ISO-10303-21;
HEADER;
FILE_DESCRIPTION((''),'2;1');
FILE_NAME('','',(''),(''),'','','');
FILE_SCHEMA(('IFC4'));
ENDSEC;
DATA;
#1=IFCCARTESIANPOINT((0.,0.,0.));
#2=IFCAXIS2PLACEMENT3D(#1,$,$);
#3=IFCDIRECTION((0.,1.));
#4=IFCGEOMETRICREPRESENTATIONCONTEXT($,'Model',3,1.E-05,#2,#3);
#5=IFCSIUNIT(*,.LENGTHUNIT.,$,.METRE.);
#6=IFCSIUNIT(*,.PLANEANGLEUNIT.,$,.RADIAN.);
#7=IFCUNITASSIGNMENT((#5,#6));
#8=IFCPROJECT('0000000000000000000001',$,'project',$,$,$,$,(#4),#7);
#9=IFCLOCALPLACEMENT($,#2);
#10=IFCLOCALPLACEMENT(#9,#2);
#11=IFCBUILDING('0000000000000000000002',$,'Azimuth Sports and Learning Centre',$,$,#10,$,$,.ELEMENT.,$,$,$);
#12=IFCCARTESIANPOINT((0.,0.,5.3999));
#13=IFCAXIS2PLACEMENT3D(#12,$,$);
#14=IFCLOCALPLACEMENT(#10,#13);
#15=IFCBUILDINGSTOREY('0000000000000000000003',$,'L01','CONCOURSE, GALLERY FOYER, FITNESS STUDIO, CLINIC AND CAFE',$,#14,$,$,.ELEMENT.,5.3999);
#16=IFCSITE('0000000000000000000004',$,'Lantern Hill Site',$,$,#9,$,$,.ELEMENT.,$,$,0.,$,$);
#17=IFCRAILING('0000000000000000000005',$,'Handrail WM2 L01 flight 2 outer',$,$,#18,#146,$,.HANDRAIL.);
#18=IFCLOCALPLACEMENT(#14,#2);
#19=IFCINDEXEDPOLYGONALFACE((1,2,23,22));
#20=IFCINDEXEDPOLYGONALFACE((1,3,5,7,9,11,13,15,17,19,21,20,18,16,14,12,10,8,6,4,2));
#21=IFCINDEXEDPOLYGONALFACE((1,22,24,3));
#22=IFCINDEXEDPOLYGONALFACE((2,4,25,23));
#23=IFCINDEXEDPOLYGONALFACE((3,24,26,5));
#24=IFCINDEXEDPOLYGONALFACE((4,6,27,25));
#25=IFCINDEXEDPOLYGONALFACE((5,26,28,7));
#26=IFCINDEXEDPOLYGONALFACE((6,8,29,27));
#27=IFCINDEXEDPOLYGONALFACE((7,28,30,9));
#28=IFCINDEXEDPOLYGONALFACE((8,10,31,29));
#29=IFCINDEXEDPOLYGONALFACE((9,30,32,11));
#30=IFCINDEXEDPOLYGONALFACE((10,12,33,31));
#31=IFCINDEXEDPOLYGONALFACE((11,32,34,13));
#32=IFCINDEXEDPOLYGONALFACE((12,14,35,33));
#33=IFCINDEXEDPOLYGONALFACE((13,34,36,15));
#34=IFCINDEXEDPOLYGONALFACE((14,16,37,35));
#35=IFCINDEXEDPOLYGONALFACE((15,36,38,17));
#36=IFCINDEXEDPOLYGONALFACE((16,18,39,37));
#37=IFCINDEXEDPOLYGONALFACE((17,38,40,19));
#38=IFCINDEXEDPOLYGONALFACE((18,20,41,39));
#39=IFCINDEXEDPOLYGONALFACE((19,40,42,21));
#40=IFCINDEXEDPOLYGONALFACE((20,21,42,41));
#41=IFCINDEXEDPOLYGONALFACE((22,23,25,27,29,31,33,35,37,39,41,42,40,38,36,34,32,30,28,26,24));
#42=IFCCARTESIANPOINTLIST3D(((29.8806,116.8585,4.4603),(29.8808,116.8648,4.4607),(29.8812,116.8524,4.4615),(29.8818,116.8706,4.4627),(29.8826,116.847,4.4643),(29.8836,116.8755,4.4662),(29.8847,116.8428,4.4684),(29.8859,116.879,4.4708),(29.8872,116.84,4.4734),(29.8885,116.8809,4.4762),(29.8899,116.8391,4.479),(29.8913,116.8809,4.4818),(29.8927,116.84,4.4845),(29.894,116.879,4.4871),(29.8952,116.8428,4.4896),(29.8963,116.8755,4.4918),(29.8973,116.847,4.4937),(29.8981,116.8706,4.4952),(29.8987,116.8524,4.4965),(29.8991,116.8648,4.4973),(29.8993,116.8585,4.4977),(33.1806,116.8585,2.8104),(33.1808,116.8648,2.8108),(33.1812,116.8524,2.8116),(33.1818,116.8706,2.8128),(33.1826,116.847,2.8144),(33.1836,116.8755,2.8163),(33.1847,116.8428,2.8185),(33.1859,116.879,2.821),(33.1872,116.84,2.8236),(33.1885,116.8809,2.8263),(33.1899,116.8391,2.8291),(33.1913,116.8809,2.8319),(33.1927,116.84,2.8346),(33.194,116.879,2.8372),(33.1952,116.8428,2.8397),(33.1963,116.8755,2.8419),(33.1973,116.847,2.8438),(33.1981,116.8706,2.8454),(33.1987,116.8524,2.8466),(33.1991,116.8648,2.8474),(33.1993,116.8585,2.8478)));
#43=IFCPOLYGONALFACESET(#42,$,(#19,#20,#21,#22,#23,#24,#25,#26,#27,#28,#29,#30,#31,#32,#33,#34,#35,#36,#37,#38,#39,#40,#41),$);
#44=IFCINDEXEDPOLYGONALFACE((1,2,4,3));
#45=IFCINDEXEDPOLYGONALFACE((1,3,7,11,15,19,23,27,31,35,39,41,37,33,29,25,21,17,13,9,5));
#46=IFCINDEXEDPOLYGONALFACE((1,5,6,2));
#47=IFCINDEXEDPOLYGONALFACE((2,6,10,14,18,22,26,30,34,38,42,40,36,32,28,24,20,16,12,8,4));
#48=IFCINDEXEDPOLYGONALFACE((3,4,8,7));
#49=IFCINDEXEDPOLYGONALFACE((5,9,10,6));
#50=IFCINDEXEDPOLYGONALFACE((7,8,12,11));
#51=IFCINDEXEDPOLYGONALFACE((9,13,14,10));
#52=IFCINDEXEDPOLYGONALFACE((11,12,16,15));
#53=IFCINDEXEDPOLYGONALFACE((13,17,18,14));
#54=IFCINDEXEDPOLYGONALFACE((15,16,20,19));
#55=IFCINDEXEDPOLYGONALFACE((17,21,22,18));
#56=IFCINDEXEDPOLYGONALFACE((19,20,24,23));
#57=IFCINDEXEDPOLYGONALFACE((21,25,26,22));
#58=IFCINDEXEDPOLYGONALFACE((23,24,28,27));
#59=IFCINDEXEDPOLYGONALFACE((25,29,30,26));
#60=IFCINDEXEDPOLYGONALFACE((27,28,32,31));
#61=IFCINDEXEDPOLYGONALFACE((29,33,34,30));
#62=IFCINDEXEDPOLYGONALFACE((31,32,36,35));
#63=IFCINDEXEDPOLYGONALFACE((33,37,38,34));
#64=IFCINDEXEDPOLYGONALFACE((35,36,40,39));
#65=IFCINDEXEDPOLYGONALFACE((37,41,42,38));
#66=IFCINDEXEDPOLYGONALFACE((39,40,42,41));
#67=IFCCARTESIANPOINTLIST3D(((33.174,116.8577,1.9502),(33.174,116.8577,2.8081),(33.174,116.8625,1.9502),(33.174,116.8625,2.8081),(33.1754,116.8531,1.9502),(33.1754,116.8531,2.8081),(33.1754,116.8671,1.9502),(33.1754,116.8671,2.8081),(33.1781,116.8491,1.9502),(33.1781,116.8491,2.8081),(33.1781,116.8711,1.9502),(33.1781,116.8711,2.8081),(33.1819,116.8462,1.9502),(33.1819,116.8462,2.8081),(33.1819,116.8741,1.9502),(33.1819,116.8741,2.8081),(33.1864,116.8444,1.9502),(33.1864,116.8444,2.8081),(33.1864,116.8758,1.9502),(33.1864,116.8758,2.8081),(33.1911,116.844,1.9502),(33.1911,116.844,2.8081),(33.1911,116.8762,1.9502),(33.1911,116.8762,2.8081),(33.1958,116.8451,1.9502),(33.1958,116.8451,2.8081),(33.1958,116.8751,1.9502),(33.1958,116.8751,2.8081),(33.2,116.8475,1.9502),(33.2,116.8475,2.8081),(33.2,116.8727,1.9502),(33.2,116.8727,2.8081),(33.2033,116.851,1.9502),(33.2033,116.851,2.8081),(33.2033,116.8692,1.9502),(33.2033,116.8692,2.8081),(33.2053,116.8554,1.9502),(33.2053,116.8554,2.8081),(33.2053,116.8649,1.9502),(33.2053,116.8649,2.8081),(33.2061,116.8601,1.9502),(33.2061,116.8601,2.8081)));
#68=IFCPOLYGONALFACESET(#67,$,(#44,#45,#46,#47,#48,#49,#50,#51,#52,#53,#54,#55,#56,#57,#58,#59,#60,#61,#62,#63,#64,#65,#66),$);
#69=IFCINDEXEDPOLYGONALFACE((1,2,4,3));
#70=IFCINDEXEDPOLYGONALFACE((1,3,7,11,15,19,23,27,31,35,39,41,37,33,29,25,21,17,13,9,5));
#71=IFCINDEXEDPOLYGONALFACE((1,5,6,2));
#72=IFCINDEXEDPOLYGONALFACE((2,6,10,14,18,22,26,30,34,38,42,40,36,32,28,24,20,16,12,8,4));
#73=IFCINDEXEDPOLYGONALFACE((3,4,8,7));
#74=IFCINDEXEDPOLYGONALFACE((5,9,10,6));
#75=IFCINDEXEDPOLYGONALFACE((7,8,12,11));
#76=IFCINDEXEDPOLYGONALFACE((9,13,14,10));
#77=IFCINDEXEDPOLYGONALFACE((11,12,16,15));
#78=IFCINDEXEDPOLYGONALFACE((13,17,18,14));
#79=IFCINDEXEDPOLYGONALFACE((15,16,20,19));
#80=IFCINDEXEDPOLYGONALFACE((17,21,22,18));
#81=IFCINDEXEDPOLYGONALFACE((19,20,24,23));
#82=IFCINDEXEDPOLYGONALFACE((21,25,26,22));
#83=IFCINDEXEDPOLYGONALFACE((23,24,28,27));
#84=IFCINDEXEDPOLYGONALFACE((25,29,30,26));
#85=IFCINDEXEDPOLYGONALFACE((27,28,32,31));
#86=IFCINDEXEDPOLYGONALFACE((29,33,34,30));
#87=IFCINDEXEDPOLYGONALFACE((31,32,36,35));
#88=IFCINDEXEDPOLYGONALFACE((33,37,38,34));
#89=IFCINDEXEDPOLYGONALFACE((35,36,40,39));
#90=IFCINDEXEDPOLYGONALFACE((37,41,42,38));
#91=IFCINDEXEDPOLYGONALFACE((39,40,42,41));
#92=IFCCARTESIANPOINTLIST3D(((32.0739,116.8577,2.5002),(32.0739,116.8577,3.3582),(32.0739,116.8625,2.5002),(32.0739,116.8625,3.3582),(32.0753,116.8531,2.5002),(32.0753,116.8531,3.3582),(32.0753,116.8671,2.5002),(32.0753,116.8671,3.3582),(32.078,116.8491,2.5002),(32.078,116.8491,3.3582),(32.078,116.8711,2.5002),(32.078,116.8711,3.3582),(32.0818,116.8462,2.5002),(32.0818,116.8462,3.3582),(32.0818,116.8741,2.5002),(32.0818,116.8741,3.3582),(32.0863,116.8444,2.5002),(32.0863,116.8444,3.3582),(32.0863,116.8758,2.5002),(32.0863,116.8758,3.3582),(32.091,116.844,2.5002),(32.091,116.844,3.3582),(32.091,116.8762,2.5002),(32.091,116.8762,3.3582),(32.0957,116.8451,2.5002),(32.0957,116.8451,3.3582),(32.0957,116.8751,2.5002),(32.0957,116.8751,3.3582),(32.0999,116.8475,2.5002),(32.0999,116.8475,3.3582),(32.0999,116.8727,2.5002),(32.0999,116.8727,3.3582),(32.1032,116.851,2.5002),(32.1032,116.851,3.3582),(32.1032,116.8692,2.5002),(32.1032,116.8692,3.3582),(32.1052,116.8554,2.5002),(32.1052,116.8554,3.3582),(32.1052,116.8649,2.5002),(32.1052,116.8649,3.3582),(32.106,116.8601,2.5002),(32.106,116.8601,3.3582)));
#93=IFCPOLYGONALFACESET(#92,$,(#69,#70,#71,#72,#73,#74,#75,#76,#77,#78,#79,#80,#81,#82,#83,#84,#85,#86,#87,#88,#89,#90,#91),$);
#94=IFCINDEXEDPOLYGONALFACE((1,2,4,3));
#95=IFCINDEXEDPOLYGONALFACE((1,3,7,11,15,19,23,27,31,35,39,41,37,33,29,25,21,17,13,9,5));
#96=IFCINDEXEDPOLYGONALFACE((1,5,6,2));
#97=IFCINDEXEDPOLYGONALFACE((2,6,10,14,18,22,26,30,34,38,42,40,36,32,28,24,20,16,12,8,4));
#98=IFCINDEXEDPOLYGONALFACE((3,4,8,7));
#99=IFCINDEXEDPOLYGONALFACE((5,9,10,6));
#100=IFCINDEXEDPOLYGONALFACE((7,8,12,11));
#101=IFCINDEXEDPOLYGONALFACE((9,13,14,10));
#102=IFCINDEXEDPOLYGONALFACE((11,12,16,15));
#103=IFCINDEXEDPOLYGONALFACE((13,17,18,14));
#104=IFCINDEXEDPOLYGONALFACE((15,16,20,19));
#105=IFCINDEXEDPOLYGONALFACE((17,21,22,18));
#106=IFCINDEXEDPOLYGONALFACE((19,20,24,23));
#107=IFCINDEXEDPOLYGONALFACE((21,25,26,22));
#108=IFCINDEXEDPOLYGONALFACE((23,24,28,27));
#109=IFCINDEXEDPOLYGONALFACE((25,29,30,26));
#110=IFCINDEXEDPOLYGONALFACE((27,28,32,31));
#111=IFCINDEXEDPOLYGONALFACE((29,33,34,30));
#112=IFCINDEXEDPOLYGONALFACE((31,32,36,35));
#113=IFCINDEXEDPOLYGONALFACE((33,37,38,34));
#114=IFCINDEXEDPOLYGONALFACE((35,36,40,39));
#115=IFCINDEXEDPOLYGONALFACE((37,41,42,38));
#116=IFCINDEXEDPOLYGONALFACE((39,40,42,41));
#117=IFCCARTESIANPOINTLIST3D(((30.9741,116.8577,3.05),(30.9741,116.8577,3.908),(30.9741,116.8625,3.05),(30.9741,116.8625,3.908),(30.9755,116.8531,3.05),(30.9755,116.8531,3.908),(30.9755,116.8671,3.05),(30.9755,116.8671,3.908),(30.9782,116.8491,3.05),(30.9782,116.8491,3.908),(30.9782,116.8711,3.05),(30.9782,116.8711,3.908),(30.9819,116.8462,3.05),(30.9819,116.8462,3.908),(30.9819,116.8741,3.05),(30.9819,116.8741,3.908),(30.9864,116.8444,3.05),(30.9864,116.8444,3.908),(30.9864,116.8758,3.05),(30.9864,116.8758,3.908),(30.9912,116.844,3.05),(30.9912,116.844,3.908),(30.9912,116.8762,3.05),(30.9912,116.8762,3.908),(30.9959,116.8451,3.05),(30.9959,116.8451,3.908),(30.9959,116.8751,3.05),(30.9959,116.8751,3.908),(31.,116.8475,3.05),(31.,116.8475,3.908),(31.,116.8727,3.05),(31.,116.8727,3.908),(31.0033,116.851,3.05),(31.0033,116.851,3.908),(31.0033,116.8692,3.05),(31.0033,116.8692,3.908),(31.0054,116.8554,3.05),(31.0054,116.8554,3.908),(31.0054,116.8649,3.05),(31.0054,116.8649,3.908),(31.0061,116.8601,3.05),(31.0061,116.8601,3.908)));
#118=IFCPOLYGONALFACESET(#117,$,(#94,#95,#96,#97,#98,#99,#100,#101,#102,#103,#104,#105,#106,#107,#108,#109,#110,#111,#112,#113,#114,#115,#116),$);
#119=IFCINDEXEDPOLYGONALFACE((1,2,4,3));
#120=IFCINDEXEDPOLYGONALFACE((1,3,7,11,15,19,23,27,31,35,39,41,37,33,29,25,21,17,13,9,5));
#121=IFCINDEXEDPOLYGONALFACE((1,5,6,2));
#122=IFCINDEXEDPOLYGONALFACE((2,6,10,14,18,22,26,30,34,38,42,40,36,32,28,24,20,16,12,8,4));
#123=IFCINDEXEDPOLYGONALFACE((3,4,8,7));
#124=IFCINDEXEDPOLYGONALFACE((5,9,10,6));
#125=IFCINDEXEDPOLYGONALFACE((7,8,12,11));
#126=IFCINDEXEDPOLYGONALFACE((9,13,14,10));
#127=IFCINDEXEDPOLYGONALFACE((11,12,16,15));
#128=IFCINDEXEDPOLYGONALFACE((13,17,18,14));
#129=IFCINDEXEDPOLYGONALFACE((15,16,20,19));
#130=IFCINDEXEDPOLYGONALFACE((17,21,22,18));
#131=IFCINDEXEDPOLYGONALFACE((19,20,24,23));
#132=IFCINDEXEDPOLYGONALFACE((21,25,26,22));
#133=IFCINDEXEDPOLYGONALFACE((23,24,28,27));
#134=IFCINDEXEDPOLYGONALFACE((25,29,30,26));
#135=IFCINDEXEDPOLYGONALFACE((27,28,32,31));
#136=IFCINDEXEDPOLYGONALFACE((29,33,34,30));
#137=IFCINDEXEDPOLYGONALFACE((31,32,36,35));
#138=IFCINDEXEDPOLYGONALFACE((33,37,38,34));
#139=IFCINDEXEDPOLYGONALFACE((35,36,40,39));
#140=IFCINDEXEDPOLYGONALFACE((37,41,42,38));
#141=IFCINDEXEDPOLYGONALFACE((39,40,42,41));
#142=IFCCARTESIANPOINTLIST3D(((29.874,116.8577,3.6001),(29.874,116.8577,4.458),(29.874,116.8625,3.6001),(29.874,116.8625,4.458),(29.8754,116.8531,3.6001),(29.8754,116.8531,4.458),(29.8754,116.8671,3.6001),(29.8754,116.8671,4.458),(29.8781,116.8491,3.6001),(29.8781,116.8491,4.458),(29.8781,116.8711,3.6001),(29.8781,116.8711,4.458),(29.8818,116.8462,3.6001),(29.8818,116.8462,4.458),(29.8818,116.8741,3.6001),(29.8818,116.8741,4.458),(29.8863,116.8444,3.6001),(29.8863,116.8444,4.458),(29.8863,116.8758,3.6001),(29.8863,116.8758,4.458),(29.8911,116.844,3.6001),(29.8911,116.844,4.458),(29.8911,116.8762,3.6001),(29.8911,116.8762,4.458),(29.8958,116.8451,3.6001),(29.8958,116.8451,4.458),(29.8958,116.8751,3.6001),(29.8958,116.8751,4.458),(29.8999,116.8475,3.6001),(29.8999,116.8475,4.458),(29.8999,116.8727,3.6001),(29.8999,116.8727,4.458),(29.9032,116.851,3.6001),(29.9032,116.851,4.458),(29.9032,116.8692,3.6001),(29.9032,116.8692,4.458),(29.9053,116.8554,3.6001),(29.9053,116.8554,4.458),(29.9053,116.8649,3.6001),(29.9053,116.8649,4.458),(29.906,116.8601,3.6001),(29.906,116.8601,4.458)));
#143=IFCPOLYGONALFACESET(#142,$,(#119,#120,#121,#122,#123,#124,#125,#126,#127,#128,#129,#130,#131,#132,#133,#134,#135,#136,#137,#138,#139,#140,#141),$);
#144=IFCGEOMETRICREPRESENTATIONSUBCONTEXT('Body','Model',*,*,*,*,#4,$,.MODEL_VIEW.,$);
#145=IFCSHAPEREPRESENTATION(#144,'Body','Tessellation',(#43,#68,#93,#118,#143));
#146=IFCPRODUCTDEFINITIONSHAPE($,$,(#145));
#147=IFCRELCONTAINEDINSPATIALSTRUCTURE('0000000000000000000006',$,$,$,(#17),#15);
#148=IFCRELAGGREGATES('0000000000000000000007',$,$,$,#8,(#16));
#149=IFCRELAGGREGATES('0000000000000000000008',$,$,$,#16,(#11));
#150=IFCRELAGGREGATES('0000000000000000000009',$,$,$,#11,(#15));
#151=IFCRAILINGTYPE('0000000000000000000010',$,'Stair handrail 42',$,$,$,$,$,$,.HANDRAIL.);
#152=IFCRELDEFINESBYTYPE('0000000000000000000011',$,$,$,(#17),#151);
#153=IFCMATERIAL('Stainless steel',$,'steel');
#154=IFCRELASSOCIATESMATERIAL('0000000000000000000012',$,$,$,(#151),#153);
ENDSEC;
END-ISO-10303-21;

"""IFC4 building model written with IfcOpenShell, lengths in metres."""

from ifc_helpers import new_model, si_unit, direction, frame, origin, origin_2d, place, context, subcontext, project, spatial, circle, extrude, material, type_object, element, save


model = new_model("IFC4")

# Units and contexts
model_context = context("Model", 3, precision=1e-05, world=origin(), true_north=direction((0.0, 1.0)))
body_context = subcontext(model_context, "Body", "Model", "MODEL_VIEW")
ifc_project = project(units=[si_unit("LENGTHUNIT", "METRE"), si_unit("PLANEANGLEUNIT", "RADIAN")], contexts=[model_context])

# Site, building, storey
site_placement = place(None, origin())
site = spatial("IfcSite", under=ifc_project, at=site_placement, Name="Lantern Hill Site", CompositionType="ELEMENT", RefElevation=0.0)
building_placement = place(site_placement, origin())
building = spatial("IfcBuilding", under=site, at=building_placement, Name="Azimuth Sports and Learning Centre", CompositionType="ELEMENT")
storey_placement = place(building_placement, frame((0.0, 0.0, 5.3999)))
storey = spatial("IfcBuildingStorey", under=building, at=storey_placement, Name="L01", Description="CONCOURSE, GALLERY FOYER, FITNESS STUDIO, CLINIC AND CAFE", CompositionType="ELEMENT", Elevation=5.3999)

# Railing
ifc_material_1 = material(Name="Stainless steel", Category="steel")
railing_type_1 = type_object("IfcRailingType", Name="Stair handrail 42", PredefinedType="HANDRAIL", material=ifc_material_1)
for number, where, name in (
    (1, (33.1899, 116.8601, 1.9502), "Handrail WM2 L01 flight 2 outer"),
):
    element("IfcRailing", number, at=place(storey_placement, frame(where)), inside=storey, type_object=railing_type_1, Name=name, PredefinedType="HANDRAIL", context=body_context, shape_type="SweptSolid", body=[
        extrude(circle(Radius=0.021, at=origin_2d()), frame((0.0, 0.0, 0.8789), z_axis=(-0.89444, 0.0, 0.447187), x_axis=(0.0, -1.0, 0.0)), (0.0, 0.0, 1.0), 3.6895),
        extrude(circle(Radius=0.0161, at=origin_2d()), origin(), (0.0, 0.0, 1.0), 0.8579),
        extrude(circle(Radius=0.0161, at=origin_2d()), frame((-1.1001, 0.0, 0.55)), (0.0, 0.0, 1.0), 0.8579),
        extrude(circle(Radius=0.0161, at=origin_2d()), frame((-2.2, 0.0, 1.0999)), (0.0, 0.0, 1.0), 0.8579),
        extrude(circle(Radius=0.0161, at=origin_2d()), frame((-3.3, 0.0, 1.6499)), (0.0, 0.0, 1.0), 0.8579),
    ])

save(model, "model.ifc")
